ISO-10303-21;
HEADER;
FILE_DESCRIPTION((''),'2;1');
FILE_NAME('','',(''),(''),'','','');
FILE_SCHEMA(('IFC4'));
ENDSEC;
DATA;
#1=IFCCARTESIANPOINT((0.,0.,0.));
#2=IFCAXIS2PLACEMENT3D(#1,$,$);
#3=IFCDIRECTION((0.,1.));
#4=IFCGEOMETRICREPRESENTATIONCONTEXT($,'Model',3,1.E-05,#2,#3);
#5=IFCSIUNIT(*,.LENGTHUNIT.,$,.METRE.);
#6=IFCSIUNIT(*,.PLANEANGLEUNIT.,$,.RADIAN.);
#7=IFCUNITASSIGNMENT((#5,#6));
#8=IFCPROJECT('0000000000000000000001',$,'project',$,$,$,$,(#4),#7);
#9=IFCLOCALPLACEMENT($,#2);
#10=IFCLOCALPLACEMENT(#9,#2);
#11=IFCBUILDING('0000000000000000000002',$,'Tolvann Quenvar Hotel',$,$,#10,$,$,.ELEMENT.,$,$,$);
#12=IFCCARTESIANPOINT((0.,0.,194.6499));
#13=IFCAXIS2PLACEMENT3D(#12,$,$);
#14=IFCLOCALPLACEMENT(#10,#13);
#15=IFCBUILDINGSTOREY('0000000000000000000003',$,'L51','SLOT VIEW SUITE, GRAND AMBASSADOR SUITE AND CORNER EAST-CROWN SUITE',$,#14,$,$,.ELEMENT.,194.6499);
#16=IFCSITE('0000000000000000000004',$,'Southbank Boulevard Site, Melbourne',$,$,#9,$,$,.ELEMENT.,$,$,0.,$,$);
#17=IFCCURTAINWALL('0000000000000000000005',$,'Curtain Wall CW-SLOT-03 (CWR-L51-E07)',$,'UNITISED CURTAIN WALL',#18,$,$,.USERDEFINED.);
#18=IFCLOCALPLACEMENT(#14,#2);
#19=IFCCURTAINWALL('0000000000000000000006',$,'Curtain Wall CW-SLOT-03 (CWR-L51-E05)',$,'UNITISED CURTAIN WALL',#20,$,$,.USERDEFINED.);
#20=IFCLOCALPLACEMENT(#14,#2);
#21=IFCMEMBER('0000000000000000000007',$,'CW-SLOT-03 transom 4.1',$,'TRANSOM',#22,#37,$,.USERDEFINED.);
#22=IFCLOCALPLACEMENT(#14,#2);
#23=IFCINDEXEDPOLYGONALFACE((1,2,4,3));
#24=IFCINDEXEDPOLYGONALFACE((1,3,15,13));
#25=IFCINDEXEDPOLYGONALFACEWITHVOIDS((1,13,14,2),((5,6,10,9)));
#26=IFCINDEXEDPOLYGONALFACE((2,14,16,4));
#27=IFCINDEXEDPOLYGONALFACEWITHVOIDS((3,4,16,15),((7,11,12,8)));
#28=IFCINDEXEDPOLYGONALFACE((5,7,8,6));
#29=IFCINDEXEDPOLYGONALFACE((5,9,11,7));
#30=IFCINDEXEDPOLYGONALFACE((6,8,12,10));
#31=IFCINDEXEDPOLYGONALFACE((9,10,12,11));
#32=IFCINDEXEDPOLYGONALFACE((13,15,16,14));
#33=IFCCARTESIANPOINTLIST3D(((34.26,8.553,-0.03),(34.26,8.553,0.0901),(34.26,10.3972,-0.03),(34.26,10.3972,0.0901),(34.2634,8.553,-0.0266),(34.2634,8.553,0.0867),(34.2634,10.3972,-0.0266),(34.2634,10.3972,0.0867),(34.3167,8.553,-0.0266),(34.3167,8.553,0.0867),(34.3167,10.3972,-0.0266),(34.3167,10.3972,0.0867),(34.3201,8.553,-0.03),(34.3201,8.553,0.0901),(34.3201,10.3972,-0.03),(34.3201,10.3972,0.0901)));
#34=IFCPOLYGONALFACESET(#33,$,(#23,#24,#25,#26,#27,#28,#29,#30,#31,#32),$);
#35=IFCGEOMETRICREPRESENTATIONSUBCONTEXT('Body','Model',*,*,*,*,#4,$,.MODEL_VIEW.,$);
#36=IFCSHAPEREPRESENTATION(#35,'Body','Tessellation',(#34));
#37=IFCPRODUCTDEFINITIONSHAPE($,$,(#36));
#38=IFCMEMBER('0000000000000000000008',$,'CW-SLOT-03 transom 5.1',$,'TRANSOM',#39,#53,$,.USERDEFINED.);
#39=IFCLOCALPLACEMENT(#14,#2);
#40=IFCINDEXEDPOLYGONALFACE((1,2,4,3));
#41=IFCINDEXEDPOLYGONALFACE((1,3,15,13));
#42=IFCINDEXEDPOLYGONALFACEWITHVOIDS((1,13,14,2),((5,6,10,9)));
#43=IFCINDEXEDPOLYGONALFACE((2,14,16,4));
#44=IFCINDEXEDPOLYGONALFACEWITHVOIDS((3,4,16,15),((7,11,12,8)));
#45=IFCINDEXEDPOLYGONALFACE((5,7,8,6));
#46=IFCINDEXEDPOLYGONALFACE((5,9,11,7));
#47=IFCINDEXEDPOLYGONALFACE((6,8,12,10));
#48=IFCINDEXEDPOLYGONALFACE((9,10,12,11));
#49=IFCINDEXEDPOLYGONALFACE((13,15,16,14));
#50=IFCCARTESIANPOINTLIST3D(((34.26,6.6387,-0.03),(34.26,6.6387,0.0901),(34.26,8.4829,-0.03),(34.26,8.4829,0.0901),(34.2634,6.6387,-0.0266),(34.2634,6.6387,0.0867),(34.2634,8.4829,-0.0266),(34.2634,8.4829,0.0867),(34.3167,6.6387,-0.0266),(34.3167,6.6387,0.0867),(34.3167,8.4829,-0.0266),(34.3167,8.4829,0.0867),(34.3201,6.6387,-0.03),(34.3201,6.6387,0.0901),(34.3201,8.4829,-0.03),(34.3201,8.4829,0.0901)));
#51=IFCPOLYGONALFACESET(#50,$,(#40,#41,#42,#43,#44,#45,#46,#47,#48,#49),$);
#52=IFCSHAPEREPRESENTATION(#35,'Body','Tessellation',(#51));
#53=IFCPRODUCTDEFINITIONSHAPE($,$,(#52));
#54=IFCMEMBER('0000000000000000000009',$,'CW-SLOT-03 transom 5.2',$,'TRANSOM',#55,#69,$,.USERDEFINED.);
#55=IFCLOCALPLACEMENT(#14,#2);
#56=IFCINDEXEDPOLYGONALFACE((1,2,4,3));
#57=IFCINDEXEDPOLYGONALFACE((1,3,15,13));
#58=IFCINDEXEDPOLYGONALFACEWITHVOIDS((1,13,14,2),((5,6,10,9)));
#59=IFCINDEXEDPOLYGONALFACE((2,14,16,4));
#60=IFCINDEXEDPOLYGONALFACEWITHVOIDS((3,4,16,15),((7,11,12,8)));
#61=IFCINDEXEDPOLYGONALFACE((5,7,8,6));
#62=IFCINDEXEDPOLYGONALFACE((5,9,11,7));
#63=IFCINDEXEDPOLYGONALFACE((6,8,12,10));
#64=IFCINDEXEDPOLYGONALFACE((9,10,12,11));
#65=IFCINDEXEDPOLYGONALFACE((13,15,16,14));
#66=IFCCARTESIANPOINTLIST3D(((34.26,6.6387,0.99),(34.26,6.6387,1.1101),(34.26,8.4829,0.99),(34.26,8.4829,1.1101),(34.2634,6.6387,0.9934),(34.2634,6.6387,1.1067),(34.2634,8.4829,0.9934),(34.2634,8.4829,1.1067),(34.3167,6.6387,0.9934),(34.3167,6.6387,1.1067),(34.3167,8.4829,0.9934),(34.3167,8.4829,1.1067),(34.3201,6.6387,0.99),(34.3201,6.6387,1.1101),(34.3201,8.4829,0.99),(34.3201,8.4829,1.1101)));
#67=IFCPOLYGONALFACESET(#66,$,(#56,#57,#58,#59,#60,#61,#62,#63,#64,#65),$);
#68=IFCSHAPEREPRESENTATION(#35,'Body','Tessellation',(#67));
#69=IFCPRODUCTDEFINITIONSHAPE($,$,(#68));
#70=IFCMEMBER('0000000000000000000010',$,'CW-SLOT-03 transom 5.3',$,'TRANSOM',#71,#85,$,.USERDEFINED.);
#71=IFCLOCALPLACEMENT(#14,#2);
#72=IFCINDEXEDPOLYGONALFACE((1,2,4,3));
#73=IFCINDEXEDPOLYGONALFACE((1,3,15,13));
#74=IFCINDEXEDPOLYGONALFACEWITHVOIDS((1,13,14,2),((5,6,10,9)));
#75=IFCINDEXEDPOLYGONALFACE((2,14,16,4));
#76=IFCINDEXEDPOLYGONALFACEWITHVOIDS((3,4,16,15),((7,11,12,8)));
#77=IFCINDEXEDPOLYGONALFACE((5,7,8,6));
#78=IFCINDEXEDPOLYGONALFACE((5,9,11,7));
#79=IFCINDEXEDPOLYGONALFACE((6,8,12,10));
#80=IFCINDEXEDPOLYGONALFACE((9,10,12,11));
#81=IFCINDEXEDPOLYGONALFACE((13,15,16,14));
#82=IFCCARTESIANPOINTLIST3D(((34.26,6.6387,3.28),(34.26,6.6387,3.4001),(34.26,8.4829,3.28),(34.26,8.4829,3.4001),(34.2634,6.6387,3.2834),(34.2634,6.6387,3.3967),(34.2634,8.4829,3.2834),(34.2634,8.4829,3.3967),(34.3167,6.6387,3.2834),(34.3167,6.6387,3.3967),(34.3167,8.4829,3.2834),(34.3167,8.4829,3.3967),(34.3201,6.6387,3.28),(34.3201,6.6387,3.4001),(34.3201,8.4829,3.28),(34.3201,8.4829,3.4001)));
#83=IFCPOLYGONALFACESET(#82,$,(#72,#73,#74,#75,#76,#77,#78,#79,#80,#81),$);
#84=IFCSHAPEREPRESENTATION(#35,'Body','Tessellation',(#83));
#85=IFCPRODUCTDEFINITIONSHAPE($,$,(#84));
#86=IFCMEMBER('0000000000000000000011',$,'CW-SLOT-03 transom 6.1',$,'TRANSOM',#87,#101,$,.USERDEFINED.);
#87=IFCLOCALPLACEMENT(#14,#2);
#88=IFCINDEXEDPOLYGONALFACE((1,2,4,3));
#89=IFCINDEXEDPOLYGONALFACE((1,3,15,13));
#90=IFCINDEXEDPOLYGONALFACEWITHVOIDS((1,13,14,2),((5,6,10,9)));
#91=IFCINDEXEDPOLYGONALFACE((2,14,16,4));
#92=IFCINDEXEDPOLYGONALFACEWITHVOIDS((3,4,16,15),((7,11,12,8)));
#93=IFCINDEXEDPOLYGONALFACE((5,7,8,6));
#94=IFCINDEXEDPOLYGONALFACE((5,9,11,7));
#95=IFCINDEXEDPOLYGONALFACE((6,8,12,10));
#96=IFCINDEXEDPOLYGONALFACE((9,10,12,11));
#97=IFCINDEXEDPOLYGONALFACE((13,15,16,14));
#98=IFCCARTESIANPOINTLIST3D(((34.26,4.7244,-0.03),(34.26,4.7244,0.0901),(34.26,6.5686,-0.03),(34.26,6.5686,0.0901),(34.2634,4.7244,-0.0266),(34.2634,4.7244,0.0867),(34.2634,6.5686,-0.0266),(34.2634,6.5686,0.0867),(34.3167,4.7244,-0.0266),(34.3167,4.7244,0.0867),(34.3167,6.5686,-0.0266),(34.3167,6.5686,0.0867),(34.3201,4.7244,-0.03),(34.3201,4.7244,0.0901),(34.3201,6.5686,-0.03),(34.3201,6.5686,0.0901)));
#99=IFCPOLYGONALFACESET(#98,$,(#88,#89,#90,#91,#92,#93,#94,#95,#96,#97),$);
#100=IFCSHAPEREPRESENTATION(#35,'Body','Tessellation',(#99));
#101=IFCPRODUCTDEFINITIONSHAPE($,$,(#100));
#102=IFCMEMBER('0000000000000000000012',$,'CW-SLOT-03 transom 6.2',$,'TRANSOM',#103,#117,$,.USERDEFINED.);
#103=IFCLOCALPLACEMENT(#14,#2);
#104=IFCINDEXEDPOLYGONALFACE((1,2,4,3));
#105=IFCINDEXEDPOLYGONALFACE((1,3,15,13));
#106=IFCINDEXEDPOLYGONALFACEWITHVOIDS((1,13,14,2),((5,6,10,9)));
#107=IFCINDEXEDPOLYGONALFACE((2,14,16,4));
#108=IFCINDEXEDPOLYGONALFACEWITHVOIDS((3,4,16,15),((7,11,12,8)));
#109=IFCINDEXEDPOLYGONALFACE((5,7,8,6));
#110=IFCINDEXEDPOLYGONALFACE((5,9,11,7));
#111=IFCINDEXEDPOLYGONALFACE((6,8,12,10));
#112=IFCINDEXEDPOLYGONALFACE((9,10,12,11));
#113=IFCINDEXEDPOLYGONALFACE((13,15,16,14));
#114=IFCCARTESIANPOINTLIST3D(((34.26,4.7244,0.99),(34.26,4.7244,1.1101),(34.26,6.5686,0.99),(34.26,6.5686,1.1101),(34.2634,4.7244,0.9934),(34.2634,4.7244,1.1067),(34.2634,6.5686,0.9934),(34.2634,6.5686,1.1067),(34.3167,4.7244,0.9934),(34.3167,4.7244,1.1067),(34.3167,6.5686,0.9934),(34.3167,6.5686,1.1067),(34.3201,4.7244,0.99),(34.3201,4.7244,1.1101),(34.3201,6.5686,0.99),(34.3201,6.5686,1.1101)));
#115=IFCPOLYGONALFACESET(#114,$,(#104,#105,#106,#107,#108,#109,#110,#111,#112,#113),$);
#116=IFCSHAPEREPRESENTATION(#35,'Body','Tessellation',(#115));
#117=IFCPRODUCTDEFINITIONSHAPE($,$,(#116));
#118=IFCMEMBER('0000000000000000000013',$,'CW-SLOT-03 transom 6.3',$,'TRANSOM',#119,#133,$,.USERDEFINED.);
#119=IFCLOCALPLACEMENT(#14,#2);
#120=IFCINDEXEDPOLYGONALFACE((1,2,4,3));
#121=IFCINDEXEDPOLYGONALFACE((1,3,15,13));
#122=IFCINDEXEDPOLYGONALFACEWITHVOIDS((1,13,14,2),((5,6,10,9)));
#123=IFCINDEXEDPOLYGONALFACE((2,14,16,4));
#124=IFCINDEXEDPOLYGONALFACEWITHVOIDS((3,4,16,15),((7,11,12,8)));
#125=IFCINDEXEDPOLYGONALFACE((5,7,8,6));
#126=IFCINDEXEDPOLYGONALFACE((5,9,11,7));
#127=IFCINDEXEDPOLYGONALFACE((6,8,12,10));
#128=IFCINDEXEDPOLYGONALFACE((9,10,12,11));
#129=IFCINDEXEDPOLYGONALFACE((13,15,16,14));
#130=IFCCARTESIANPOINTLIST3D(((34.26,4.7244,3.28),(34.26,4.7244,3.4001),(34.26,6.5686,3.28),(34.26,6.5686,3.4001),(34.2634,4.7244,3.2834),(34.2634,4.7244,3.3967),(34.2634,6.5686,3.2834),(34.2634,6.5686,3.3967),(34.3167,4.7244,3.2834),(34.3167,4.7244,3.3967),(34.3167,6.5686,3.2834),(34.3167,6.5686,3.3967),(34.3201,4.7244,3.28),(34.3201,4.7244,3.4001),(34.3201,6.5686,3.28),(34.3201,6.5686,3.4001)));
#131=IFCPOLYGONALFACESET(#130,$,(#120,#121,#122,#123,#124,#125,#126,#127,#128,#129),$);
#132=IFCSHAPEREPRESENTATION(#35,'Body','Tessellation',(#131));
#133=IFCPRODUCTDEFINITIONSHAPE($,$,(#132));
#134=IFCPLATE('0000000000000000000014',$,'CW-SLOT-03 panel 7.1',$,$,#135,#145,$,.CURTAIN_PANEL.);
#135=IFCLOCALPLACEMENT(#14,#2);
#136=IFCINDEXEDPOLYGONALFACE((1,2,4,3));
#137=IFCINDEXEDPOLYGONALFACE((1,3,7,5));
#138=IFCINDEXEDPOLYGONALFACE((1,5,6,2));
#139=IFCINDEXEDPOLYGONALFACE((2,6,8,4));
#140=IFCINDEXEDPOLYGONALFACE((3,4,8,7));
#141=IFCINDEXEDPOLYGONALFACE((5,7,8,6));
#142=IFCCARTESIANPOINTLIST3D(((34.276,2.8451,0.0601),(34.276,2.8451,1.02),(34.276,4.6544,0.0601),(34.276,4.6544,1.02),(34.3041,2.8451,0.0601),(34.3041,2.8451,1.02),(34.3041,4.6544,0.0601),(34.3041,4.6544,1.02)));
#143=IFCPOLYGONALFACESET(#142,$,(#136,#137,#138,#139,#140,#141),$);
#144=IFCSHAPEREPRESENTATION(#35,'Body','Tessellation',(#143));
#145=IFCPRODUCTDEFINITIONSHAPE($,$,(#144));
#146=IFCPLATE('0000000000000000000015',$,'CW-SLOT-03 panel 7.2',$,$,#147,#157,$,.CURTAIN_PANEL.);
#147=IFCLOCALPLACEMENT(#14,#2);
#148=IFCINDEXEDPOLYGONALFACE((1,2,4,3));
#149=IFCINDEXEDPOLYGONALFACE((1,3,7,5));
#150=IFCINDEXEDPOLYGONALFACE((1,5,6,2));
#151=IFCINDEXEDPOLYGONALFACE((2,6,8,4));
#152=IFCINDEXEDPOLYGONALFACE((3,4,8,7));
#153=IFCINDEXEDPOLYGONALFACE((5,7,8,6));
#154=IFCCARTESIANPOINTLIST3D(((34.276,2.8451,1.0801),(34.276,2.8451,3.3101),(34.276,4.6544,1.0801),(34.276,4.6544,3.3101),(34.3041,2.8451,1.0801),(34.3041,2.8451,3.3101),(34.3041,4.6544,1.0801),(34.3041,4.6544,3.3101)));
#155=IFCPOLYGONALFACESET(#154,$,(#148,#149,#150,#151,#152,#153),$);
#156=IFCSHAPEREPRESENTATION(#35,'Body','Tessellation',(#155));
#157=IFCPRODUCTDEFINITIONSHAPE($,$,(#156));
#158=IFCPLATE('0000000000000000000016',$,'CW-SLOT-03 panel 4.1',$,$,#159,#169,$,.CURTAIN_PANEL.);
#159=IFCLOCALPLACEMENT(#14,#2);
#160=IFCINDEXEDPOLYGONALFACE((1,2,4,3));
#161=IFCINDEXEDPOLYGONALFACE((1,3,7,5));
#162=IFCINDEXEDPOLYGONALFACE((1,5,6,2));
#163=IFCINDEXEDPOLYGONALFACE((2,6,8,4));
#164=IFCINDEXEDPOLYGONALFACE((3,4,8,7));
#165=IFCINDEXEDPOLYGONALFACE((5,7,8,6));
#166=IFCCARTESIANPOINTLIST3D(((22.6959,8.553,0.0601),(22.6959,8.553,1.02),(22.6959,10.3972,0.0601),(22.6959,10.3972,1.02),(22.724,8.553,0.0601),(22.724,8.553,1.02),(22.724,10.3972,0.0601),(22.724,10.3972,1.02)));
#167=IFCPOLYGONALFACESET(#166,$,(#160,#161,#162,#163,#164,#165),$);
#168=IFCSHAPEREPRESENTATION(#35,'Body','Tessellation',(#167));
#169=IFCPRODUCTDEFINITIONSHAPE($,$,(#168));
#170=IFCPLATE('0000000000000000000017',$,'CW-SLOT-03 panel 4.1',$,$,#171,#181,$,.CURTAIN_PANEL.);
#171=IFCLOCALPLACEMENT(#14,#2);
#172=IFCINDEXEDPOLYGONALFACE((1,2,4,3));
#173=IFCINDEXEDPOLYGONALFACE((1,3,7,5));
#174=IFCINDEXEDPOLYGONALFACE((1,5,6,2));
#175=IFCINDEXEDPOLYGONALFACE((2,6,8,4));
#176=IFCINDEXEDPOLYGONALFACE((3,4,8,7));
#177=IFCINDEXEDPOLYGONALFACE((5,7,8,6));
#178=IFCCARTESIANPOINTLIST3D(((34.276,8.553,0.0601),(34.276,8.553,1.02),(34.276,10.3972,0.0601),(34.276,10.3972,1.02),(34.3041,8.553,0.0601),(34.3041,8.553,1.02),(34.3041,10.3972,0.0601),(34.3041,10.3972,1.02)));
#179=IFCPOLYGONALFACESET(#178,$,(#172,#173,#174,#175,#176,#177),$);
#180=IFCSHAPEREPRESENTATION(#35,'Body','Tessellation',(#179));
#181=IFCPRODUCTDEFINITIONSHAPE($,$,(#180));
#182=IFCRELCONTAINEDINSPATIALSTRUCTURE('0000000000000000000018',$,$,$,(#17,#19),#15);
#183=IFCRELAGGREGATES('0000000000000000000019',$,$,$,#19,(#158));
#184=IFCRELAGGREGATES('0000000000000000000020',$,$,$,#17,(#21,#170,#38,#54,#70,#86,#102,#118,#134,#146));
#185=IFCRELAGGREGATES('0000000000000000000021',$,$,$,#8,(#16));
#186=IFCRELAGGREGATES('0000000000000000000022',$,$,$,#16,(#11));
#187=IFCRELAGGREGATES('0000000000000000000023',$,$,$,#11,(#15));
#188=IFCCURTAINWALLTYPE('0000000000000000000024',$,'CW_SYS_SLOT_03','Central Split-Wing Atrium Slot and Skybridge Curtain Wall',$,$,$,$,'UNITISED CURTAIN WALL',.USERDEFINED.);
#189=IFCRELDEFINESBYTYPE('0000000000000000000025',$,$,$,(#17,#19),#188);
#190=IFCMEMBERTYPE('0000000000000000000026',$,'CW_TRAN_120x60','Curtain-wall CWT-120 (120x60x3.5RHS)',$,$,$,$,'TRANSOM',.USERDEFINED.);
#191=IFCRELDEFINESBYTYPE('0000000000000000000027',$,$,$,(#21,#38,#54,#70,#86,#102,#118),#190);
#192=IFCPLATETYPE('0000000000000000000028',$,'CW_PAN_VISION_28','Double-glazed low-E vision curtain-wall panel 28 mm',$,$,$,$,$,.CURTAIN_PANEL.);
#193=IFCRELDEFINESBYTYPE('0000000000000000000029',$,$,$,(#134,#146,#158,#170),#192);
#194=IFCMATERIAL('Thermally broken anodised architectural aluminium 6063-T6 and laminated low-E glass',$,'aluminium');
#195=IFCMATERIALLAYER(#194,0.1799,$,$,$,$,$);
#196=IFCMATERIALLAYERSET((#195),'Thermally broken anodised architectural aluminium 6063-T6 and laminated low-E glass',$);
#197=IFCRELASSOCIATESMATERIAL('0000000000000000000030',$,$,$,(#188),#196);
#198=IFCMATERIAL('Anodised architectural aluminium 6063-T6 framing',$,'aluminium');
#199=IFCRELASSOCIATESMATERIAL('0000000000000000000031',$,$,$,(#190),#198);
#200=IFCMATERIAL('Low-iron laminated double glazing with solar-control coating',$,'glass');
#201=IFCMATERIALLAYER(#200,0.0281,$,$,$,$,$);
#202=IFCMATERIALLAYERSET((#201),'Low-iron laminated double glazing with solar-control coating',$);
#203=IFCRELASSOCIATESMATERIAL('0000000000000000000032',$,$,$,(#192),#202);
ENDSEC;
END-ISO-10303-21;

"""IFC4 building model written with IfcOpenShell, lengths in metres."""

from ifc_helpers import new_model, si_unit, direction, frame, origin, origin_2d, place, context, subcontext, project, spatial, rectangle, hollow_rectangle, extrude, source, transform, mapped, material, layer, layer_set, material_profile, profile_set, type_object, element, aggregate, save


model = new_model("IFC4")

# Units and contexts
model_context = context("Model", 3, precision=1e-05, world=origin(), true_north=direction((0.0, 1.0)))
body_context = subcontext(model_context, "Body", "Model", "MODEL_VIEW")
ifc_project = project(units=[si_unit("LENGTHUNIT", "METRE"), si_unit("PLANEANGLEUNIT", "RADIAN")], contexts=[model_context])

# Site, building, storey
site_placement = place(None, origin())
site = spatial("IfcSite", under=ifc_project, at=site_placement, Name="Southbank Boulevard Site, Melbourne", CompositionType="ELEMENT", RefElevation=0.0)
building_placement = place(site_placement, origin())
building = spatial("IfcBuilding", under=site, at=building_placement, Name="Tolvann Quenvar Hotel", CompositionType="ELEMENT")
storey_placement = place(building_placement, frame((0.0, 0.0, 194.6499)))
storey = spatial("IfcBuildingStorey", under=building, at=storey_placement, Name="L51", Description="SLOT VIEW SUITE, GRAND AMBASSADOR SUITE AND CORNER EAST-CROWN SUITE", CompositionType="ELEMENT", Elevation=194.6499)

# Curtain walls
ifc_material_1 = material(Name="Thermally broken anodised architectural aluminium 6063-T6 and laminated low-E glass", Category="aluminium")
ifc_layer_1 = layer(ifc_material_1, 0.1799)
ifc_layer_set_1 = layer_set([ifc_layer_1], Name="Thermally broken anodised architectural aluminium 6063-T6 and laminated low-E glass")
curtain_wall_type = type_object("IfcCurtainWallType", Name="CW_SYS_SLOT_03", Description="Central Split-Wing Atrium Slot and Skybridge Curtain Wall", ElementType="UNITISED CURTAIN WALL", PredefinedType="USERDEFINED", material=ifc_layer_set_1)
curtain_wall_1_placement = place(storey_placement, origin())
curtain_wall_1 = element("IfcCurtainWall", 1, at=curtain_wall_1_placement, inside=storey, type_object=curtain_wall_type, Name="Curtain Wall CW-SLOT-03 (CWR-L51-E07)", ObjectType="UNITISED CURTAIN WALL", PredefinedType="USERDEFINED")
ifc_material_2 = material(Name="Anodised architectural aluminium 6063-T6 framing", Category="aluminium")
ifc_material_profile_1 = material_profile(ifc_material_2, hollow_rectangle(XDim=0.0601, YDim=0.1201, WallThickness=0.0034, at=origin_2d()), Name="120x60x3.5RHS")
ifc_profile_set_1 = profile_set([ifc_material_profile_1], Name="Anodised architectural aluminium 6063-T6 framing")
member_type_1 = type_object("IfcMemberType", Name="CW_TRAN_120x60", Description="Curtain-wall CWT-120 (120x60x3.5RHS)", ElementType="TRANSOM", PredefinedType="USERDEFINED", material=ifc_profile_set_1)
curtain_wall_2_placement = place(storey_placement, origin())
curtain_wall_2 = element("IfcCurtainWall", 2, at=curtain_wall_2_placement, inside=storey, type_object=curtain_wall_type, Name="Curtain Wall CW-SLOT-03 (CWR-L51-E05)", ObjectType="UNITISED CURTAIN WALL", PredefinedType="USERDEFINED")
shared_shape_1 = source(origin(), body_context, "Body", "SweptSolid", [
    extrude(hollow_rectangle(XDim=0.0601, YDim=0.1201, WallThickness=0.0034, at=origin_2d()), origin(), (0.0, 0.0, 1.0), 1.8442),
])

# Members
member_1_placement = place(storey_placement, frame((34.29, 10.3972, 0.03), z_axis=(0.0, -1.0, 0.0), x_axis=(1.0, 0.0, 0.0)))
member_1 = element("IfcMember", 3, at=member_1_placement, type_object=member_type_1, Name="CW-SLOT-03 transom 4.1", ObjectType="TRANSOM", PredefinedType="USERDEFINED", context=body_context, shape_type="MappedRepresentation", body=[
    mapped(shared_shape_1, transform((0.0, 0.0, 0.0), x_axis=(1.0, 0.0, 0.0), y_axis=(0.0, 1.0, 0.0), z_axis=(0.0, 0.0, 1.0), scale=1.0)),
])
member_2_placement = place(storey_placement, frame((34.29, 8.4829, 0.03), z_axis=(0.0, -1.0, 0.0), x_axis=(1.0, 0.0, 0.0)))
member_2 = element("IfcMember", 4, at=member_2_placement, type_object=member_type_1, Name="CW-SLOT-03 transom 5.1", ObjectType="TRANSOM", PredefinedType="USERDEFINED", context=body_context, shape_type="MappedRepresentation", body=[
    mapped(shared_shape_1, transform((0.0, 0.0, 0.0), x_axis=(1.0, 0.0, 0.0), y_axis=(0.0, 1.0, 0.0), z_axis=(0.0, 0.0, 1.0), scale=1.0)),
])
member_3_placement = place(storey_placement, frame((34.29, 8.4829, 1.05), z_axis=(0.0, -1.0, 0.0), x_axis=(1.0, 0.0, 0.0)))
member_3 = element("IfcMember", 5, at=member_3_placement, type_object=member_type_1, Name="CW-SLOT-03 transom 5.2", ObjectType="TRANSOM", PredefinedType="USERDEFINED", context=body_context, shape_type="MappedRepresentation", body=[
    mapped(shared_shape_1, transform((0.0, 0.0, 0.0), x_axis=(1.0, 0.0, 0.0), y_axis=(0.0, 1.0, 0.0), z_axis=(0.0, 0.0, 1.0), scale=1.0)),
])
member_4_placement = place(storey_placement, frame((34.29, 8.4829, 3.3401), z_axis=(0.0, -1.0, 0.0), x_axis=(1.0, 0.0, 0.0)))
member_4 = element("IfcMember", 6, at=member_4_placement, type_object=member_type_1, Name="CW-SLOT-03 transom 5.3", ObjectType="TRANSOM", PredefinedType="USERDEFINED", context=body_context, shape_type="MappedRepresentation", body=[
    mapped(shared_shape_1, transform((0.0, 0.0, 0.0), x_axis=(1.0, 0.0, 0.0), y_axis=(0.0, 1.0, 0.0), z_axis=(0.0, 0.0, 1.0), scale=1.0)),
])
member_5_placement = place(storey_placement, frame((34.29, 6.5686, 0.03), z_axis=(0.0, -1.0, 0.0), x_axis=(1.0, 0.0, 0.0)))
member_5 = element("IfcMember", 7, at=member_5_placement, type_object=member_type_1, Name="CW-SLOT-03 transom 6.1", ObjectType="TRANSOM", PredefinedType="USERDEFINED", context=body_context, shape_type="MappedRepresentation", body=[
    mapped(shared_shape_1, transform((0.0, 0.0, 0.0), x_axis=(1.0, 0.0, 0.0), y_axis=(0.0, 1.0, 0.0), z_axis=(0.0, 0.0, 1.0), scale=1.0)),
])
member_6_placement = place(storey_placement, frame((34.29, 6.5686, 1.05), z_axis=(0.0, -1.0, 0.0), x_axis=(1.0, 0.0, 0.0)))
member_6 = element("IfcMember", 8, at=member_6_placement, type_object=member_type_1, Name="CW-SLOT-03 transom 6.2", ObjectType="TRANSOM", PredefinedType="USERDEFINED", context=body_context, shape_type="MappedRepresentation", body=[
    mapped(shared_shape_1, transform((0.0, 0.0, 0.0), x_axis=(1.0, 0.0, 0.0), y_axis=(0.0, 1.0, 0.0), z_axis=(0.0, 0.0, 1.0), scale=1.0)),
])
member_7_placement = place(storey_placement, frame((34.29, 6.5686, 3.3401), z_axis=(0.0, -1.0, 0.0), x_axis=(1.0, 0.0, 0.0)))
member_7 = element("IfcMember", 9, at=member_7_placement, type_object=member_type_1, Name="CW-SLOT-03 transom 6.3", ObjectType="TRANSOM", PredefinedType="USERDEFINED", context=body_context, shape_type="MappedRepresentation", body=[
    mapped(shared_shape_1, transform((0.0, 0.0, 0.0), x_axis=(1.0, 0.0, 0.0), y_axis=(0.0, 1.0, 0.0), z_axis=(0.0, 0.0, 1.0), scale=1.0)),
])

# Plates
ifc_material_3 = material(Name="Low-iron laminated double glazing with solar-control coating", Category="glass")
ifc_layer_2 = layer(ifc_material_3, 0.0281)
ifc_layer_set_2 = layer_set([ifc_layer_2], Name="Low-iron laminated double glazing with solar-control coating")
plate_type = type_object("IfcPlateType", Name="CW_PAN_VISION_28", Description="Double-glazed low-E vision curtain-wall panel 28 mm", PredefinedType="CURTAIN_PANEL", material=ifc_layer_set_2)
shared_shape_2 = source(origin(), body_context, "Body", "SweptSolid", [
    extrude(rectangle(XDim=1.8093, YDim=0.0281, at=origin_2d()), origin(), (0.0, 0.0, 1.0), 0.96),
])
plate_1_placement = place(storey_placement, frame((34.29, 3.7498, 0.0601), z_axis=(0.0, 0.0, 1.0), x_axis=(0.0, -1.0, 0.0)))
plate_1 = element("IfcPlate", 10, at=plate_1_placement, type_object=plate_type, Name="CW-SLOT-03 panel 7.1", PredefinedType="CURTAIN_PANEL", context=body_context, shape_type="MappedRepresentation", body=[
    mapped(shared_shape_2, transform((0.0, 0.0, 0.0), x_axis=(1.0, 0.0, 0.0), y_axis=(0.0, 1.0, 0.0), z_axis=(0.0, 0.0, 1.0), scale=1.0)),
])
shared_shape_3 = source(origin(), body_context, "Body", "SweptSolid", [
    extrude(rectangle(XDim=1.8093, YDim=0.0281, at=origin_2d()), origin(), (0.0, 0.0, 1.0), 2.23),
])
plate_2_placement = place(storey_placement, frame((34.29, 3.7498, 1.0801), z_axis=(0.0, 0.0, 1.0), x_axis=(0.0, -1.0, 0.0)))
plate_2 = element("IfcPlate", 11, at=plate_2_placement, type_object=plate_type, Name="CW-SLOT-03 panel 7.2", PredefinedType="CURTAIN_PANEL", context=body_context, shape_type="MappedRepresentation", body=[
    mapped(shared_shape_3, transform((0.0, 0.0, 0.0), x_axis=(1.0, 0.0, 0.0), y_axis=(0.0, 1.0, 0.0), z_axis=(0.0, 0.0, 1.0), scale=1.0)),
])
shared_shape_4 = source(origin(), body_context, "Body", "SweptSolid", [
    extrude(rectangle(XDim=1.8442, YDim=0.0281, at=origin_2d()), origin(), (0.0, 0.0, 1.0), 0.96),
])
plate_3_placement = place(storey_placement, frame((22.71, 9.4751, 0.0601), z_axis=(0.0, 0.0, 1.0), x_axis=(0.0, 1.0, 0.0)))
plate_3 = element("IfcPlate", 12, at=plate_3_placement, type_object=plate_type, Name="CW-SLOT-03 panel 4.1", PredefinedType="CURTAIN_PANEL", context=body_context, shape_type="MappedRepresentation", body=[
    mapped(shared_shape_4, transform((0.0, 0.0, 0.0), x_axis=(1.0, 0.0, 0.0), y_axis=(0.0, 1.0, 0.0), z_axis=(0.0, 0.0, 1.0), scale=1.0)),
])
plate_4_placement = place(storey_placement, frame((34.29, 9.4751, 0.0601), z_axis=(0.0, 0.0, 1.0), x_axis=(0.0, -1.0, 0.0)))
plate_4 = element("IfcPlate", 13, at=plate_4_placement, type_object=plate_type, Name="CW-SLOT-03 panel 4.1", PredefinedType="CURTAIN_PANEL", context=body_context, shape_type="MappedRepresentation", body=[
    mapped(shared_shape_4, transform((0.0, 0.0, 0.0), x_axis=(1.0, 0.0, 0.0), y_axis=(0.0, 1.0, 0.0), z_axis=(0.0, 0.0, 1.0), scale=1.0)),
])
aggregate(curtain_wall_2, [plate_3])
aggregate(curtain_wall_1, [member_1, plate_4, member_2, member_3, member_4, member_5, member_6, member_7, plate_1, plate_2])

save(model, "model.ifc")
